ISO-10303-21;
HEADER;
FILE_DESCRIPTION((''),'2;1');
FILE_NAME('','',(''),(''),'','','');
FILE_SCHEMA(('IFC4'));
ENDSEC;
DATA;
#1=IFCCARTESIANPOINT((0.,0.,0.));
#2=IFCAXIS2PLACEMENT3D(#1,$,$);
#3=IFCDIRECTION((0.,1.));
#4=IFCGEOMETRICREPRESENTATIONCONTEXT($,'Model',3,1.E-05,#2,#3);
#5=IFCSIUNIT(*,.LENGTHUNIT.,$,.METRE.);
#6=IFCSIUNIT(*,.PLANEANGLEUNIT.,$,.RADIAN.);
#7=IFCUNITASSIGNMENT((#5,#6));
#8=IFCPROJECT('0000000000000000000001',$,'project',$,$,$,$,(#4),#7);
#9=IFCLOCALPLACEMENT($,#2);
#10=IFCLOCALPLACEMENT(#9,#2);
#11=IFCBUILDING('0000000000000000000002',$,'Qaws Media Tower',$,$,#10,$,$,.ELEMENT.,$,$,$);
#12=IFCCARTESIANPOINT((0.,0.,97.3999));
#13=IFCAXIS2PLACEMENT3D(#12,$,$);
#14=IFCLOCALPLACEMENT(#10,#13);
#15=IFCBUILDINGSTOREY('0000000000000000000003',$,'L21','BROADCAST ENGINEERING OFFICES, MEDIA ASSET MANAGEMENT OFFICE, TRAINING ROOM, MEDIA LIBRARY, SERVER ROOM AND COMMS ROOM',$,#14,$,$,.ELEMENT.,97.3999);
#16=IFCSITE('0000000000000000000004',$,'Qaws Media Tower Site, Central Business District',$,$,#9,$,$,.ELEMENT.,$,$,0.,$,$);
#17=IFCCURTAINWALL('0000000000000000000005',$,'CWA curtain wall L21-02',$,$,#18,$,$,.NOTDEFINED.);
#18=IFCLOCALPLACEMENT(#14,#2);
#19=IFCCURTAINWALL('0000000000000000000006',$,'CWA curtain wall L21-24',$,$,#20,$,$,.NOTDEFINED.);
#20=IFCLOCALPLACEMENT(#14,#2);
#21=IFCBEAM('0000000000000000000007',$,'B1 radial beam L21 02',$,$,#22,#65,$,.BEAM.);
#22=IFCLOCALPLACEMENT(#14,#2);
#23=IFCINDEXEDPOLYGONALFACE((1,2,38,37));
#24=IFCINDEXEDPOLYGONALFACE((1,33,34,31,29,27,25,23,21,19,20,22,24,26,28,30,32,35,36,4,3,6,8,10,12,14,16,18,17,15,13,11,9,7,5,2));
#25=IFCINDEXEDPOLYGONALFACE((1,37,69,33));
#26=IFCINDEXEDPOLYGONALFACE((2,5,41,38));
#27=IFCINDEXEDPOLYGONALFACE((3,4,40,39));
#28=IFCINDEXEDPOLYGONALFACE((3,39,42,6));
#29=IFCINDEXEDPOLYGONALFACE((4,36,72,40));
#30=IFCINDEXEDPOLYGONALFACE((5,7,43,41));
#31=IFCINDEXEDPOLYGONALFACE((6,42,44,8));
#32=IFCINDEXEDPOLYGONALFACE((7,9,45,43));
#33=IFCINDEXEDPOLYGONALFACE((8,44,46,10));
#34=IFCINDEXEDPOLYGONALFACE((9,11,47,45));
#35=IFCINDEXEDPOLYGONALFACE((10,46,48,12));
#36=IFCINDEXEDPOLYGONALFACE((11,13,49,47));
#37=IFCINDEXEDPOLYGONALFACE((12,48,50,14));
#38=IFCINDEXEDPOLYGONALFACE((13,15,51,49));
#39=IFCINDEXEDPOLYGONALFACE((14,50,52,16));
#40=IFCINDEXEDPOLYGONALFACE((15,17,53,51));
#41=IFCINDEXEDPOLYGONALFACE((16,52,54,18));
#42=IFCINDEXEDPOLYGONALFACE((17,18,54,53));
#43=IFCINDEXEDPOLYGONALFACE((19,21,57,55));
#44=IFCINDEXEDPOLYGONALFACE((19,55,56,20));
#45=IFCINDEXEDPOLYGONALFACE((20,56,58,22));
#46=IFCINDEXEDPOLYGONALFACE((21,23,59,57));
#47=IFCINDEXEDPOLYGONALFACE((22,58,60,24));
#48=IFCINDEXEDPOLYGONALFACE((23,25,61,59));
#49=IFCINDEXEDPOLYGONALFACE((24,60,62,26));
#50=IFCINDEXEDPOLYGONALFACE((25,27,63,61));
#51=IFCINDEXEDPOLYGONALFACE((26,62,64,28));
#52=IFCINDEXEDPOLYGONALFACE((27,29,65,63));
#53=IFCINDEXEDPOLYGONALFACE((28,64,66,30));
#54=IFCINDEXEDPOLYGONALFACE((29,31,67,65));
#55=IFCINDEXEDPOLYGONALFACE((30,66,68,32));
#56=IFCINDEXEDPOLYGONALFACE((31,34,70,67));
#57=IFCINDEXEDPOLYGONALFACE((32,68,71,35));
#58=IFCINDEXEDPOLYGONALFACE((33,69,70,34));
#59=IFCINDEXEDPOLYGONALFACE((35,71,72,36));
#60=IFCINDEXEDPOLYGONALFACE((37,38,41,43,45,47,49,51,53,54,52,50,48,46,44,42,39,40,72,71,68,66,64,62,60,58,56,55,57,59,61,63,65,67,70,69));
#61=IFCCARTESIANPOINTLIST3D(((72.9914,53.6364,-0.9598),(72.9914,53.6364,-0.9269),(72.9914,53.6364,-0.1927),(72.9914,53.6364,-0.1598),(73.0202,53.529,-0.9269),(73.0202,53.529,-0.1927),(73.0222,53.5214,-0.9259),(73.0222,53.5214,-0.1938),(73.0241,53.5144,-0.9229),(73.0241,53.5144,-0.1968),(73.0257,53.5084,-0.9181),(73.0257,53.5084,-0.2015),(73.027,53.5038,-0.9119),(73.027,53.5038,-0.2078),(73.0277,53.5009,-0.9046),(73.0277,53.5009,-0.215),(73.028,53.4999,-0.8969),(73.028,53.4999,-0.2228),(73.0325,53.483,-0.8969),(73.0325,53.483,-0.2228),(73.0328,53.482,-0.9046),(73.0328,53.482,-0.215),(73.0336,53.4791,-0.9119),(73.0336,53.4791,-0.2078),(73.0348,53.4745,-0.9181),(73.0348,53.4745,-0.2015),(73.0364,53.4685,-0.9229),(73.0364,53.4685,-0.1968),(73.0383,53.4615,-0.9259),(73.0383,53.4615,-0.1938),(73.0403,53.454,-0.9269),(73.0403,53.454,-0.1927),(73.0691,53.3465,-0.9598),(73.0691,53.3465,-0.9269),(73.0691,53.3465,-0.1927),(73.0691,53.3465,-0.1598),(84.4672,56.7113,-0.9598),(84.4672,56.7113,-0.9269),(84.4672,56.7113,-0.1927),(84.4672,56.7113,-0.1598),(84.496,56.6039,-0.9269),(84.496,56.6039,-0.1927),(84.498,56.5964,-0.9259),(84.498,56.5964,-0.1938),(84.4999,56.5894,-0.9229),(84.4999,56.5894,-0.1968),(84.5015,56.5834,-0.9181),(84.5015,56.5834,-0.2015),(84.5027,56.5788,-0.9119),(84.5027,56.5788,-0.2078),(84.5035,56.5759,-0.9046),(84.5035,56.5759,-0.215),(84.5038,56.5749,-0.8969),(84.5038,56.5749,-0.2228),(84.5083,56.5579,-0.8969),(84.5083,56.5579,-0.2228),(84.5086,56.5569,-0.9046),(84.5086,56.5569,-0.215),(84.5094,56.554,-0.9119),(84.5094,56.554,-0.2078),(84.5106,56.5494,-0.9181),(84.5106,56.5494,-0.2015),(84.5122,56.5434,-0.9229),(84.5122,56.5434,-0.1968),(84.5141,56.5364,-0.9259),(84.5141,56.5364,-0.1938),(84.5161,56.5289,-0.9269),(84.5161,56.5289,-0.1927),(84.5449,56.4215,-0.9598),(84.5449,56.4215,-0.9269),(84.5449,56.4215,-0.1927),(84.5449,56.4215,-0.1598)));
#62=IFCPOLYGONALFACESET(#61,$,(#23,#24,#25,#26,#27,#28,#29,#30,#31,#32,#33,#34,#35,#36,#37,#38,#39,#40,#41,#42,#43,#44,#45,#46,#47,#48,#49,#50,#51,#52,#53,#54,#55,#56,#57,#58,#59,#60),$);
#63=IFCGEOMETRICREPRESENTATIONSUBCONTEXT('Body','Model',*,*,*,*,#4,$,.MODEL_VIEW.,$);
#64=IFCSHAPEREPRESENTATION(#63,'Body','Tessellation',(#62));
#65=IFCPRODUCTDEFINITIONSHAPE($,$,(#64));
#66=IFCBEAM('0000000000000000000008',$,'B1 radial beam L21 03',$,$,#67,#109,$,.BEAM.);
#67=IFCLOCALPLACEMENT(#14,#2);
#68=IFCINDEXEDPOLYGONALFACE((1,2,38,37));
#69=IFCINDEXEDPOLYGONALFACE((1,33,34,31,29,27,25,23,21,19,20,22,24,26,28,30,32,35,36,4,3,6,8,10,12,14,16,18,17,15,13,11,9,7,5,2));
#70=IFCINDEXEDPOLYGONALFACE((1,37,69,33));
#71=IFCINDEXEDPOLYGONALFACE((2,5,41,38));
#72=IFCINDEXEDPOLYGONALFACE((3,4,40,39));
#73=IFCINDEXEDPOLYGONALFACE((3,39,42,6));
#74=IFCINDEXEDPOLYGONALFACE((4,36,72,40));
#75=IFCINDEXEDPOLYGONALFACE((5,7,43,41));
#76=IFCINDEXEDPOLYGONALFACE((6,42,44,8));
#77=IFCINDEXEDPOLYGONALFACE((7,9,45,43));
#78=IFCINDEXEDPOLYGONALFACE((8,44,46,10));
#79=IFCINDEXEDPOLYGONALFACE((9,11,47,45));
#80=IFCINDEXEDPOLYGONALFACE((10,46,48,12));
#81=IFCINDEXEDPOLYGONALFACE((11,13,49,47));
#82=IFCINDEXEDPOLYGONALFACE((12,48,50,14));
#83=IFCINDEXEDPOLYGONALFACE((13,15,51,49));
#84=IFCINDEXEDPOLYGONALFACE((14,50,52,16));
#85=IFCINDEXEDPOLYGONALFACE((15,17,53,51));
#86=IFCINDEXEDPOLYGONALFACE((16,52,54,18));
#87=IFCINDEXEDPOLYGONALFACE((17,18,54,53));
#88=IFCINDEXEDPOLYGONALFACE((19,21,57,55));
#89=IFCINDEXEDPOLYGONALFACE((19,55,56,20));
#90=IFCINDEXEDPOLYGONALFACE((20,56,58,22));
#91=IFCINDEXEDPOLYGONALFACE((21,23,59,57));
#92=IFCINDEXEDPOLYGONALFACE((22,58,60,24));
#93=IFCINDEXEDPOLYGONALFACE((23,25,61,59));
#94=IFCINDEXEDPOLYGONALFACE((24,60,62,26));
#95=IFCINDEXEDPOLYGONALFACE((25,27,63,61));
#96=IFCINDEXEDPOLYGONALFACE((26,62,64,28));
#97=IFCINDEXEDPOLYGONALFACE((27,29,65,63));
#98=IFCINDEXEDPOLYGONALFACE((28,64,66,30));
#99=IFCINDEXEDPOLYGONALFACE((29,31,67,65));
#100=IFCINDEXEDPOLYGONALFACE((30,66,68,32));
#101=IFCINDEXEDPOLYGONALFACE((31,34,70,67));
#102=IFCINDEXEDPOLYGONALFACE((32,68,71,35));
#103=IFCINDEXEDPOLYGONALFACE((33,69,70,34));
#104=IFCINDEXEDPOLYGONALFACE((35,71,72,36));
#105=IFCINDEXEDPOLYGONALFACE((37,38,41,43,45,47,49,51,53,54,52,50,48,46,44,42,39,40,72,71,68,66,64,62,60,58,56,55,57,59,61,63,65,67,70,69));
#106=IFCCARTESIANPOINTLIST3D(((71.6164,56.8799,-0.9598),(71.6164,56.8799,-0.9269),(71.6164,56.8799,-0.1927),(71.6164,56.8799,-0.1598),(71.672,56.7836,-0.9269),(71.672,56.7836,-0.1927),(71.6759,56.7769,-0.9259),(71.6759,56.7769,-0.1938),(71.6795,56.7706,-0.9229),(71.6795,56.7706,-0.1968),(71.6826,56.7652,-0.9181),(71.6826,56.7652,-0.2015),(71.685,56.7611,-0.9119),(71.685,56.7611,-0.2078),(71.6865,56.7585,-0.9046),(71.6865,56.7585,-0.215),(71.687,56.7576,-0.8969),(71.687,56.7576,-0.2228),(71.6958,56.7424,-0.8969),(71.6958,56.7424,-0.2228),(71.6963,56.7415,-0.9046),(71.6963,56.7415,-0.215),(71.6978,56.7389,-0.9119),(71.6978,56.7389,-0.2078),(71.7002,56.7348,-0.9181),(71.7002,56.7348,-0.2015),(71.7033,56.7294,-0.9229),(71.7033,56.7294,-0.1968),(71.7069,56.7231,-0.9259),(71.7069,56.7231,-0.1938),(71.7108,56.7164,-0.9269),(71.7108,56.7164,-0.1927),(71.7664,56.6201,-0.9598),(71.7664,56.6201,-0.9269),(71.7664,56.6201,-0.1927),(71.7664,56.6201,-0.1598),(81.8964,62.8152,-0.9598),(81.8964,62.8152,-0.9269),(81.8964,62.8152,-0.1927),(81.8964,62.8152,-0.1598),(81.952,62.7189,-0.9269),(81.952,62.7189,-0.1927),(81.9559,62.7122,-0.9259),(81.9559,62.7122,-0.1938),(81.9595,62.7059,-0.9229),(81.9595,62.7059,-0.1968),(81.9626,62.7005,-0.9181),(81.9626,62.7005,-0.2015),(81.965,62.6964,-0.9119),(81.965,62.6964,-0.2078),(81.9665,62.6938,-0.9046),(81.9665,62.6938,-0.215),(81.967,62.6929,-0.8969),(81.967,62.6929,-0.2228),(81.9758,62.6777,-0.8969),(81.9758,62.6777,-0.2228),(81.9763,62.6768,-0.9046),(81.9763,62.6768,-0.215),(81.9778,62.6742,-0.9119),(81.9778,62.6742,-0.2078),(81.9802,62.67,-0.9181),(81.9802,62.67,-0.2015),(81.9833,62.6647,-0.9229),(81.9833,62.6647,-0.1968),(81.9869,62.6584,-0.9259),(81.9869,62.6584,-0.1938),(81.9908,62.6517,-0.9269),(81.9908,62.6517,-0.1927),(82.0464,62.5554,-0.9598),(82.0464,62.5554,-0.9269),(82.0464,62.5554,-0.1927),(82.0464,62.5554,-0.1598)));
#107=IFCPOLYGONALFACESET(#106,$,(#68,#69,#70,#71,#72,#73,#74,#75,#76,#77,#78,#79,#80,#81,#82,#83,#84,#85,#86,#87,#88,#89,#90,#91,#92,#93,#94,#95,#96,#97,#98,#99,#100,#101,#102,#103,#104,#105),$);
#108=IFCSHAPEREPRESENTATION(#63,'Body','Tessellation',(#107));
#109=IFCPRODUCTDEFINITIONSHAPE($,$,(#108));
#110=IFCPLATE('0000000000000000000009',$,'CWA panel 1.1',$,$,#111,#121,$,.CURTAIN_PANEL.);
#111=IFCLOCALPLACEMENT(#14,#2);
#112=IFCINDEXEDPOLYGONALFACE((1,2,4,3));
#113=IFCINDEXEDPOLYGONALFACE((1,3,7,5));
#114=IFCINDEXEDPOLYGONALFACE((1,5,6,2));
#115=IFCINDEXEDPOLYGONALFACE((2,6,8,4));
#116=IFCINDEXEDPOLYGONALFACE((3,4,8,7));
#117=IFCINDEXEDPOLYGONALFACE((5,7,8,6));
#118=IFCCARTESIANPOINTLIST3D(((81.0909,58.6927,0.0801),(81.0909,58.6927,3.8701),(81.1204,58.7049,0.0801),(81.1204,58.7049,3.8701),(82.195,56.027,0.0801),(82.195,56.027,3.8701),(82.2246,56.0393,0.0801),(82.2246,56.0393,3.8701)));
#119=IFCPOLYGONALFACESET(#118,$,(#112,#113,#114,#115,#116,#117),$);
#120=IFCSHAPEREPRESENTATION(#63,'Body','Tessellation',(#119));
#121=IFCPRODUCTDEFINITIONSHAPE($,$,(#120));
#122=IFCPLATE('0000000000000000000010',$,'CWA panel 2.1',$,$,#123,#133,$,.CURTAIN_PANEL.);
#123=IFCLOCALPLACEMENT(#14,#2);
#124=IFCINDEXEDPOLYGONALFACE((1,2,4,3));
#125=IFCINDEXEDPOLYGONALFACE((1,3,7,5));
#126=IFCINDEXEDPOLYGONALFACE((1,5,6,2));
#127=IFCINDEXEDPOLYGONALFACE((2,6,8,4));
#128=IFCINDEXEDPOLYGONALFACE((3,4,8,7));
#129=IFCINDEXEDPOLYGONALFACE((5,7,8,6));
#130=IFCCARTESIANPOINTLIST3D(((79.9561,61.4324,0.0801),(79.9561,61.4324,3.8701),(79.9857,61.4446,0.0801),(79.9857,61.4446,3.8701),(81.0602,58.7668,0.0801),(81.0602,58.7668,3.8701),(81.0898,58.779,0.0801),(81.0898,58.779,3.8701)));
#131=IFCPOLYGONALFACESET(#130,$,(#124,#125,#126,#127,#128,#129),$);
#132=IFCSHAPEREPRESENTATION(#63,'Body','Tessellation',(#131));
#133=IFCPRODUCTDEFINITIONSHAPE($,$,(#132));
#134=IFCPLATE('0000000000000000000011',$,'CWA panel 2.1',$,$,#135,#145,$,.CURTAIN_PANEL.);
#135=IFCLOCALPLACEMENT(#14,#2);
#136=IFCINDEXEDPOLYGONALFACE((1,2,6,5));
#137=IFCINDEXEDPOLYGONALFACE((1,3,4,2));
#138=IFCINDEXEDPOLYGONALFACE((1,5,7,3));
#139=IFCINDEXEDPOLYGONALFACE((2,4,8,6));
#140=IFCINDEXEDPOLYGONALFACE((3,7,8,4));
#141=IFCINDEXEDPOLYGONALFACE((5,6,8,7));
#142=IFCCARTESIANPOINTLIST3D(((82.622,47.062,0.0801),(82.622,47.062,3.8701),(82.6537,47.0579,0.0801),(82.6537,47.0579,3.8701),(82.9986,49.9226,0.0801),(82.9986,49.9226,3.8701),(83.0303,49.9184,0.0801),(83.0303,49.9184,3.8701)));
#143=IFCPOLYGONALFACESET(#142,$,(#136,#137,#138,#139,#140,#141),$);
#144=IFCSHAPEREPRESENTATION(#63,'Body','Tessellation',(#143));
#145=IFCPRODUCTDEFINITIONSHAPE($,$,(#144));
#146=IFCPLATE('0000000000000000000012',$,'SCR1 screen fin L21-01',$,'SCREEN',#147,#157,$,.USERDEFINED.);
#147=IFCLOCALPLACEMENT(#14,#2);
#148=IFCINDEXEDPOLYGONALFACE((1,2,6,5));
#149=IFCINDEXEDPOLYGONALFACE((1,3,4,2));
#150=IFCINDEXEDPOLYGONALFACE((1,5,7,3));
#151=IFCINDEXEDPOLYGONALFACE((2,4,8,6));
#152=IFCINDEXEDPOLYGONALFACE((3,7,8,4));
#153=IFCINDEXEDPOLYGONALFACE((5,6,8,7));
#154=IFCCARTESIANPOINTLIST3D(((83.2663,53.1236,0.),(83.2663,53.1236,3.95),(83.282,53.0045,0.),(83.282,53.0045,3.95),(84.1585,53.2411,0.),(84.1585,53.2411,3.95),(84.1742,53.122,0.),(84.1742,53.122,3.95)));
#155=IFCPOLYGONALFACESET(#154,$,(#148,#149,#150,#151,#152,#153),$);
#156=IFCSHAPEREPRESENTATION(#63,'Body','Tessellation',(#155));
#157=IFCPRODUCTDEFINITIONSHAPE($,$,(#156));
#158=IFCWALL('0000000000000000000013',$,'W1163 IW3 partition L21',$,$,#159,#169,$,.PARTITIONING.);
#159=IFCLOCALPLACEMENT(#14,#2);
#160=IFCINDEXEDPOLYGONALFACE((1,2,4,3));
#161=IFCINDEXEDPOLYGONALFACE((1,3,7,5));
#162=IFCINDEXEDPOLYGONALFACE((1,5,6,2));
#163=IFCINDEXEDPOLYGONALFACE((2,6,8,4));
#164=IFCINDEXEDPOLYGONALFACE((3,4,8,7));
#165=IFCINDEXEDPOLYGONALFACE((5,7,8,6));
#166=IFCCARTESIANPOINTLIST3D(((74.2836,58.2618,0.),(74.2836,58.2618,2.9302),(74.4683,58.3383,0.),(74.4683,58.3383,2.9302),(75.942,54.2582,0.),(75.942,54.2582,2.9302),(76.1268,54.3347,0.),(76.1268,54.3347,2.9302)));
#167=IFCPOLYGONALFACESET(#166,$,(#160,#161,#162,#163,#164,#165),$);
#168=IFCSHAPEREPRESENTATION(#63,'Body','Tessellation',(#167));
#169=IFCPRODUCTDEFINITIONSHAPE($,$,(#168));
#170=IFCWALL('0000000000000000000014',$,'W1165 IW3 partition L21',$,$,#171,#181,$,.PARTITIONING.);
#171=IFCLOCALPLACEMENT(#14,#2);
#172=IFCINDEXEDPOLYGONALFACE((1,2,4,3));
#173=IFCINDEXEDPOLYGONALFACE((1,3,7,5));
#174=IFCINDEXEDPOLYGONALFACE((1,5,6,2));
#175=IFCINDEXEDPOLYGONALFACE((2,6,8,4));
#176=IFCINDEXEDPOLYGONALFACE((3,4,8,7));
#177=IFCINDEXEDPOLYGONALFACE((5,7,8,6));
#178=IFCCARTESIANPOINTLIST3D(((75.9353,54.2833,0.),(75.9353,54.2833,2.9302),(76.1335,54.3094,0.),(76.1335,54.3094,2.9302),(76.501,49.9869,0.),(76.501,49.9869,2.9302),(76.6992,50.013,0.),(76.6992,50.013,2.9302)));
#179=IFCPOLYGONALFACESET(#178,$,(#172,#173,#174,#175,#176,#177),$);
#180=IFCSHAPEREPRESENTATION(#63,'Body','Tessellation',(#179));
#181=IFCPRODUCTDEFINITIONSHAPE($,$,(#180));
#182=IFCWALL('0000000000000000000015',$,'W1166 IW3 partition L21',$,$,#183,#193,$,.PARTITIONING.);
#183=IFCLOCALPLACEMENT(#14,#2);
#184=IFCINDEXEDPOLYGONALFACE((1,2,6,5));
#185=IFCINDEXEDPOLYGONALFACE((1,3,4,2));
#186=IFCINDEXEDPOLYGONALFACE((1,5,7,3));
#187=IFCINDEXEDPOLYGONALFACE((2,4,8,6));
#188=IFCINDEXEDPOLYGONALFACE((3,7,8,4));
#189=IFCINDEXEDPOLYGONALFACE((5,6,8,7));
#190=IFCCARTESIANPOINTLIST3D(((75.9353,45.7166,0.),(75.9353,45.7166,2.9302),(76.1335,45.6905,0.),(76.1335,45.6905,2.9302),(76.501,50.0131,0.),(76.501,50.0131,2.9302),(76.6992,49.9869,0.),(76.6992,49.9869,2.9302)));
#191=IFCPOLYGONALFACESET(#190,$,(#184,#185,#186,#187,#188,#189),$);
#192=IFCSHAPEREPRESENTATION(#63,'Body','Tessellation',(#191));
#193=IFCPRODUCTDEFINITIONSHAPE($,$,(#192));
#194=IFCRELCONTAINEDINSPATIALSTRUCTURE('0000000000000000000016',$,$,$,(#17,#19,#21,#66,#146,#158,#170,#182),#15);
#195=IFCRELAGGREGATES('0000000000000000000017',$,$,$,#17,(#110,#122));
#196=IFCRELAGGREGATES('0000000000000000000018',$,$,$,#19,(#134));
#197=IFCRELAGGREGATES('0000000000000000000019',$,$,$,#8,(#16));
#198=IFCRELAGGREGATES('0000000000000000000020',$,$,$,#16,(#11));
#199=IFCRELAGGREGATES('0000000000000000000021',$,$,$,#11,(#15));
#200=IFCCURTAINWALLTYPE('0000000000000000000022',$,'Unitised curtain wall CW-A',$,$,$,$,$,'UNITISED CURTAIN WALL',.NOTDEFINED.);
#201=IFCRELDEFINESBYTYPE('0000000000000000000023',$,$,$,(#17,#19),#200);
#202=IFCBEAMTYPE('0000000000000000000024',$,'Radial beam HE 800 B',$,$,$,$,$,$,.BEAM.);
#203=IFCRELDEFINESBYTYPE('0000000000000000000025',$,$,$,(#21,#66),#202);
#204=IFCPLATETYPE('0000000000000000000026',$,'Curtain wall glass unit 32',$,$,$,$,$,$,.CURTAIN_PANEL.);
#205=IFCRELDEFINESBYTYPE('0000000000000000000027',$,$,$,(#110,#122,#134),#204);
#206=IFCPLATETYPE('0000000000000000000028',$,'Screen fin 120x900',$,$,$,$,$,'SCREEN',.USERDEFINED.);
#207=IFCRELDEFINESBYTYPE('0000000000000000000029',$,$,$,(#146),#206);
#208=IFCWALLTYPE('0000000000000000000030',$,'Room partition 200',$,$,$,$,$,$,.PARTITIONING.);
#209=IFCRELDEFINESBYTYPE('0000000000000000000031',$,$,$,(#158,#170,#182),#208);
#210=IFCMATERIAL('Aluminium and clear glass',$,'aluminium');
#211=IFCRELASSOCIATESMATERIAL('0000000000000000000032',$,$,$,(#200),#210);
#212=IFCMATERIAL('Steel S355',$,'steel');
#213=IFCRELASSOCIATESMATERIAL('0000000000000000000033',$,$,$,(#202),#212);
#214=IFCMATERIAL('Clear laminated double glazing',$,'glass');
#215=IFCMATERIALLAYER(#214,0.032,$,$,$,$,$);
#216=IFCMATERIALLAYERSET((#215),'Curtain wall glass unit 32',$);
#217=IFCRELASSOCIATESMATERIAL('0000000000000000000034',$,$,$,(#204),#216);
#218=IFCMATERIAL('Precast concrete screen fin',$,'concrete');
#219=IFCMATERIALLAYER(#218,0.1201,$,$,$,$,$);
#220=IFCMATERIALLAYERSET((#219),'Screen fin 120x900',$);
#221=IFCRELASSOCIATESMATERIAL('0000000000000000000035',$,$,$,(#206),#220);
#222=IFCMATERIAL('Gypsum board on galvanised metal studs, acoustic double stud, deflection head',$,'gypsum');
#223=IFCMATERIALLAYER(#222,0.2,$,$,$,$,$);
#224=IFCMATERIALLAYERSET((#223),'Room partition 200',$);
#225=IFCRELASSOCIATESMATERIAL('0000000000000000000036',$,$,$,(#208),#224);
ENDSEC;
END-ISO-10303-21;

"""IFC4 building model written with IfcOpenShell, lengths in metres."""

from ifc_helpers import new_model, si_unit, direction, frame, frame_2d, origin, origin_2d, place, context, subcontext, project, spatial, rectangle, i_section, extrude, material, layer, layer_set, material_profile, profile_set, type_object, element, aggregate, save


model = new_model("IFC4")

# Units and contexts
model_context = context("Model", 3, precision=1e-05, world=origin(), true_north=direction((0.0, 1.0)))
body_context = subcontext(model_context, "Body", "Model", "MODEL_VIEW")
ifc_project = project(units=[si_unit("LENGTHUNIT", "METRE"), si_unit("PLANEANGLEUNIT", "RADIAN")], contexts=[model_context])

# Site, building, storey
site_placement = place(None, origin())
site = spatial("IfcSite", under=ifc_project, at=site_placement, Name="Qaws Media Tower Site, Central Business District", CompositionType="ELEMENT", RefElevation=0.0)
building_placement = place(site_placement, origin())
building = spatial("IfcBuilding", under=site, at=building_placement, Name="Qaws Media Tower", CompositionType="ELEMENT")
storey_placement = place(building_placement, frame((0.0, 0.0, 97.3999)))
storey = spatial("IfcBuildingStorey", under=building, at=storey_placement, Name="L21", Description="BROADCAST ENGINEERING OFFICES, MEDIA ASSET MANAGEMENT OFFICE, TRAINING ROOM, MEDIA LIBRARY, SERVER ROOM AND COMMS ROOM", CompositionType="ELEMENT", Elevation=97.3999)

# Curtain wall
ifc_material_1 = material(Name="Aluminium and clear glass", Category="aluminium")
curtain_wall_type = type_object("IfcCurtainWallType", Name="Unitised curtain wall CW-A", ElementType="UNITISED CURTAIN WALL", PredefinedType="NOTDEFINED", material=ifc_material_1)
curtain_wall_1_placement = place(storey_placement, origin())
curtain_wall_1 = element("IfcCurtainWall", 1, at=curtain_wall_1_placement, inside=storey, type_object=curtain_wall_type, Name="CWA curtain wall L21-02", PredefinedType="NOTDEFINED")

# Curtain wall
curtain_wall_2_placement = place(storey_placement, origin())
curtain_wall_2 = element("IfcCurtainWall", 2, at=curtain_wall_2_placement, inside=storey, type_object=curtain_wall_type, Name="CWA curtain wall L21-24", PredefinedType="NOTDEFINED")

# Beams
ifc_material_2 = material(Name="Steel S355", Category="steel")
ifc_material_profile_1 = material_profile(ifc_material_2, i_section(OverallWidth=0.3, OverallDepth=0.8, WebThickness=0.0176, FlangeThickness=0.033, FilletRadius=0.03, at=origin_2d()), Name="HE 800 B")
ifc_profile_set_1 = profile_set([ifc_material_profile_1], Name="Steel S355")
beam_type_1 = type_object("IfcBeamType", Name="Radial beam HE 800 B", PredefinedType="BEAM", material=ifc_profile_set_1)
beam_1_placement = place(storey_placement, frame((73.0303, 53.4915, -0.5598), z_axis=(0.965926, 0.25882, 0.0), x_axis=(-0.25882, 0.965926, 0.0)))
element("IfcBeam", 3, at=beam_1_placement, inside=storey, type_object=beam_type_1, Name="B1 radial beam L21 02", PredefinedType="BEAM", context=body_context, shape_type="SweptSolid", body=[
    extrude(i_section(OverallWidth=0.3, OverallDepth=0.8, WebThickness=0.0176, FlangeThickness=0.033, FilletRadius=0.03, at=origin_2d()), origin(), (0.0, 0.0, 1.0), 11.8806),
])
beam_2_placement = place(storey_placement, frame((71.6914, 56.75, -0.5598), z_axis=(0.866021, 0.500008, 0.0), x_axis=(-0.500008, 0.866021, 0.0)))
element("IfcBeam", 4, at=beam_2_placement, inside=storey, type_object=beam_type_1, Name="B1 radial beam L21 03", PredefinedType="BEAM", context=body_context, shape_type="SweptSolid", body=[
    extrude(i_section(OverallWidth=0.3, OverallDepth=0.8, WebThickness=0.0176, FlangeThickness=0.033, FilletRadius=0.03, at=origin_2d()), origin(), (0.0, 0.0, 1.0), 11.8704),
])

# Plates
ifc_material_3 = material(Name="Clear laminated double glazing", Category="glass")
ifc_layer_1 = layer(ifc_material_3, 0.032)
ifc_layer_set_1 = layer_set([ifc_layer_1], Name="Curtain wall glass unit 32")
plate_type_1 = type_object("IfcPlateType", Name="Curtain wall glass unit 32", PredefinedType="CURTAIN_PANEL", material=ifc_layer_set_1)
plate_1_placement = place(storey_placement, frame((81.6577, 57.366, 0.0801), z_axis=(0.0, 0.0, 1.0), x_axis=(-0.382683, 0.92388, 0.0)))
plate_1 = element("IfcPlate", 5, at=plate_1_placement, type_object=plate_type_1, Name="CWA panel 1.1", PredefinedType="CURTAIN_PANEL", context=body_context, shape_type="SweptSolid", body=[
    extrude(rectangle(XDim=2.8853, YDim=0.032, at=origin_2d()), origin(), (0.0, 0.0, 1.0), 3.79),
])
plate_2_placement = place(storey_placement, frame((80.5229, 60.1057, 0.0801), z_axis=(0.0, 0.0, 1.0), x_axis=(-0.382683, 0.92388, 0.0)))
plate_2 = element("IfcPlate", 6, at=plate_2_placement, type_object=plate_type_1, Name="CWA panel 2.1", PredefinedType="CURTAIN_PANEL", context=body_context, shape_type="SweptSolid", body=[
    extrude(rectangle(XDim=2.8853, YDim=0.032, at=origin_2d()), origin(), (0.0, 0.0, 1.0), 3.79),
])
aggregate(curtain_wall_1, [plate_1, plate_2])
plate_3_placement = place(storey_placement, frame((82.8262, 48.4902, 0.0801), z_axis=(0.0, 0.0, 1.0), x_axis=(0.130526, 0.991445, 0.0)))
plate_3 = element("IfcPlate", 7, at=plate_3_placement, type_object=plate_type_1, Name="CWA panel 2.1", PredefinedType="CURTAIN_PANEL", context=body_context, shape_type="SweptSolid", body=[
    extrude(rectangle(XDim=2.8853, YDim=0.032, at=origin_2d()), origin(), (0.0, 0.0, 1.0), 3.79),
])
aggregate(curtain_wall_2, [plate_3])
ifc_material_4 = material(Name="Precast concrete screen fin", Category="concrete")
ifc_layer_2 = layer(ifc_material_4, 0.1201)
ifc_layer_set_2 = layer_set([ifc_layer_2], Name="Screen fin 120x900")
plate_type_2 = type_object("IfcPlateType", Name="Screen fin 120x900", ElementType="SCREEN", PredefinedType="USERDEFINED", material=ifc_layer_set_2)
plate_4_placement = place(storey_placement, frame((83.7202, 53.1228, 0.0), z_axis=(0.0, 0.0, 1.0), x_axis=(0.991445, 0.130526, 0.0)))
element("IfcPlate", 8, at=plate_4_placement, inside=storey, type_object=plate_type_2, Name="SCR1 screen fin L21-01", ObjectType="SCREEN", PredefinedType="USERDEFINED", context=body_context, shape_type="SweptSolid", body=[
    extrude(rectangle(XDim=0.8999, YDim=0.1201, at=origin_2d()), origin(), (0.0, 0.0, 1.0), 3.95),
])

# Walls
ifc_material_5 = material(Name="Gypsum board on galvanised metal studs, acoustic double stud, deflection head", Category="gypsum")
ifc_layer_3 = layer(ifc_material_5, 0.2)
ifc_layer_set_3 = layer_set([ifc_layer_3], Name="Room partition 200")
wall_type_1 = type_object("IfcWallType", Name="Room partition 200", PredefinedType="PARTITIONING", material=ifc_layer_set_3)
for number, where, z_axis, x_axis, name in (
    (9, (74.376, 58.3, 0.0), (0.0, 0.0, 1.0), (0.382698, -0.923873, 0.0), "W1163 IW3 partition L21"),
    (10, (76.0344, 54.2964, 0.0), (0.0, 0.0, 1.0), (0.130536, -0.991444, 0.0), "W1165 IW3 partition L21"),
    (11, (76.6001, 50.0, 0.0), (0.0, 0.0, 1.0), (-0.130536, -0.991444, 0.0), "W1166 IW3 partition L21"),
):
    element("IfcWall", number, at=place(storey_placement, frame(where, z_axis=z_axis, x_axis=x_axis)), inside=storey, type_object=wall_type_1, Name=name, PredefinedType="PARTITIONING", context=body_context, shape_type="SweptSolid", body=[
        extrude(rectangle(XDim=4.3335, YDim=0.2, at=frame_2d((2.1667, 0.0))), origin(), (0.0, 0.0, 1.0), 2.9302),
    ])

save(model, "model.ifc")
